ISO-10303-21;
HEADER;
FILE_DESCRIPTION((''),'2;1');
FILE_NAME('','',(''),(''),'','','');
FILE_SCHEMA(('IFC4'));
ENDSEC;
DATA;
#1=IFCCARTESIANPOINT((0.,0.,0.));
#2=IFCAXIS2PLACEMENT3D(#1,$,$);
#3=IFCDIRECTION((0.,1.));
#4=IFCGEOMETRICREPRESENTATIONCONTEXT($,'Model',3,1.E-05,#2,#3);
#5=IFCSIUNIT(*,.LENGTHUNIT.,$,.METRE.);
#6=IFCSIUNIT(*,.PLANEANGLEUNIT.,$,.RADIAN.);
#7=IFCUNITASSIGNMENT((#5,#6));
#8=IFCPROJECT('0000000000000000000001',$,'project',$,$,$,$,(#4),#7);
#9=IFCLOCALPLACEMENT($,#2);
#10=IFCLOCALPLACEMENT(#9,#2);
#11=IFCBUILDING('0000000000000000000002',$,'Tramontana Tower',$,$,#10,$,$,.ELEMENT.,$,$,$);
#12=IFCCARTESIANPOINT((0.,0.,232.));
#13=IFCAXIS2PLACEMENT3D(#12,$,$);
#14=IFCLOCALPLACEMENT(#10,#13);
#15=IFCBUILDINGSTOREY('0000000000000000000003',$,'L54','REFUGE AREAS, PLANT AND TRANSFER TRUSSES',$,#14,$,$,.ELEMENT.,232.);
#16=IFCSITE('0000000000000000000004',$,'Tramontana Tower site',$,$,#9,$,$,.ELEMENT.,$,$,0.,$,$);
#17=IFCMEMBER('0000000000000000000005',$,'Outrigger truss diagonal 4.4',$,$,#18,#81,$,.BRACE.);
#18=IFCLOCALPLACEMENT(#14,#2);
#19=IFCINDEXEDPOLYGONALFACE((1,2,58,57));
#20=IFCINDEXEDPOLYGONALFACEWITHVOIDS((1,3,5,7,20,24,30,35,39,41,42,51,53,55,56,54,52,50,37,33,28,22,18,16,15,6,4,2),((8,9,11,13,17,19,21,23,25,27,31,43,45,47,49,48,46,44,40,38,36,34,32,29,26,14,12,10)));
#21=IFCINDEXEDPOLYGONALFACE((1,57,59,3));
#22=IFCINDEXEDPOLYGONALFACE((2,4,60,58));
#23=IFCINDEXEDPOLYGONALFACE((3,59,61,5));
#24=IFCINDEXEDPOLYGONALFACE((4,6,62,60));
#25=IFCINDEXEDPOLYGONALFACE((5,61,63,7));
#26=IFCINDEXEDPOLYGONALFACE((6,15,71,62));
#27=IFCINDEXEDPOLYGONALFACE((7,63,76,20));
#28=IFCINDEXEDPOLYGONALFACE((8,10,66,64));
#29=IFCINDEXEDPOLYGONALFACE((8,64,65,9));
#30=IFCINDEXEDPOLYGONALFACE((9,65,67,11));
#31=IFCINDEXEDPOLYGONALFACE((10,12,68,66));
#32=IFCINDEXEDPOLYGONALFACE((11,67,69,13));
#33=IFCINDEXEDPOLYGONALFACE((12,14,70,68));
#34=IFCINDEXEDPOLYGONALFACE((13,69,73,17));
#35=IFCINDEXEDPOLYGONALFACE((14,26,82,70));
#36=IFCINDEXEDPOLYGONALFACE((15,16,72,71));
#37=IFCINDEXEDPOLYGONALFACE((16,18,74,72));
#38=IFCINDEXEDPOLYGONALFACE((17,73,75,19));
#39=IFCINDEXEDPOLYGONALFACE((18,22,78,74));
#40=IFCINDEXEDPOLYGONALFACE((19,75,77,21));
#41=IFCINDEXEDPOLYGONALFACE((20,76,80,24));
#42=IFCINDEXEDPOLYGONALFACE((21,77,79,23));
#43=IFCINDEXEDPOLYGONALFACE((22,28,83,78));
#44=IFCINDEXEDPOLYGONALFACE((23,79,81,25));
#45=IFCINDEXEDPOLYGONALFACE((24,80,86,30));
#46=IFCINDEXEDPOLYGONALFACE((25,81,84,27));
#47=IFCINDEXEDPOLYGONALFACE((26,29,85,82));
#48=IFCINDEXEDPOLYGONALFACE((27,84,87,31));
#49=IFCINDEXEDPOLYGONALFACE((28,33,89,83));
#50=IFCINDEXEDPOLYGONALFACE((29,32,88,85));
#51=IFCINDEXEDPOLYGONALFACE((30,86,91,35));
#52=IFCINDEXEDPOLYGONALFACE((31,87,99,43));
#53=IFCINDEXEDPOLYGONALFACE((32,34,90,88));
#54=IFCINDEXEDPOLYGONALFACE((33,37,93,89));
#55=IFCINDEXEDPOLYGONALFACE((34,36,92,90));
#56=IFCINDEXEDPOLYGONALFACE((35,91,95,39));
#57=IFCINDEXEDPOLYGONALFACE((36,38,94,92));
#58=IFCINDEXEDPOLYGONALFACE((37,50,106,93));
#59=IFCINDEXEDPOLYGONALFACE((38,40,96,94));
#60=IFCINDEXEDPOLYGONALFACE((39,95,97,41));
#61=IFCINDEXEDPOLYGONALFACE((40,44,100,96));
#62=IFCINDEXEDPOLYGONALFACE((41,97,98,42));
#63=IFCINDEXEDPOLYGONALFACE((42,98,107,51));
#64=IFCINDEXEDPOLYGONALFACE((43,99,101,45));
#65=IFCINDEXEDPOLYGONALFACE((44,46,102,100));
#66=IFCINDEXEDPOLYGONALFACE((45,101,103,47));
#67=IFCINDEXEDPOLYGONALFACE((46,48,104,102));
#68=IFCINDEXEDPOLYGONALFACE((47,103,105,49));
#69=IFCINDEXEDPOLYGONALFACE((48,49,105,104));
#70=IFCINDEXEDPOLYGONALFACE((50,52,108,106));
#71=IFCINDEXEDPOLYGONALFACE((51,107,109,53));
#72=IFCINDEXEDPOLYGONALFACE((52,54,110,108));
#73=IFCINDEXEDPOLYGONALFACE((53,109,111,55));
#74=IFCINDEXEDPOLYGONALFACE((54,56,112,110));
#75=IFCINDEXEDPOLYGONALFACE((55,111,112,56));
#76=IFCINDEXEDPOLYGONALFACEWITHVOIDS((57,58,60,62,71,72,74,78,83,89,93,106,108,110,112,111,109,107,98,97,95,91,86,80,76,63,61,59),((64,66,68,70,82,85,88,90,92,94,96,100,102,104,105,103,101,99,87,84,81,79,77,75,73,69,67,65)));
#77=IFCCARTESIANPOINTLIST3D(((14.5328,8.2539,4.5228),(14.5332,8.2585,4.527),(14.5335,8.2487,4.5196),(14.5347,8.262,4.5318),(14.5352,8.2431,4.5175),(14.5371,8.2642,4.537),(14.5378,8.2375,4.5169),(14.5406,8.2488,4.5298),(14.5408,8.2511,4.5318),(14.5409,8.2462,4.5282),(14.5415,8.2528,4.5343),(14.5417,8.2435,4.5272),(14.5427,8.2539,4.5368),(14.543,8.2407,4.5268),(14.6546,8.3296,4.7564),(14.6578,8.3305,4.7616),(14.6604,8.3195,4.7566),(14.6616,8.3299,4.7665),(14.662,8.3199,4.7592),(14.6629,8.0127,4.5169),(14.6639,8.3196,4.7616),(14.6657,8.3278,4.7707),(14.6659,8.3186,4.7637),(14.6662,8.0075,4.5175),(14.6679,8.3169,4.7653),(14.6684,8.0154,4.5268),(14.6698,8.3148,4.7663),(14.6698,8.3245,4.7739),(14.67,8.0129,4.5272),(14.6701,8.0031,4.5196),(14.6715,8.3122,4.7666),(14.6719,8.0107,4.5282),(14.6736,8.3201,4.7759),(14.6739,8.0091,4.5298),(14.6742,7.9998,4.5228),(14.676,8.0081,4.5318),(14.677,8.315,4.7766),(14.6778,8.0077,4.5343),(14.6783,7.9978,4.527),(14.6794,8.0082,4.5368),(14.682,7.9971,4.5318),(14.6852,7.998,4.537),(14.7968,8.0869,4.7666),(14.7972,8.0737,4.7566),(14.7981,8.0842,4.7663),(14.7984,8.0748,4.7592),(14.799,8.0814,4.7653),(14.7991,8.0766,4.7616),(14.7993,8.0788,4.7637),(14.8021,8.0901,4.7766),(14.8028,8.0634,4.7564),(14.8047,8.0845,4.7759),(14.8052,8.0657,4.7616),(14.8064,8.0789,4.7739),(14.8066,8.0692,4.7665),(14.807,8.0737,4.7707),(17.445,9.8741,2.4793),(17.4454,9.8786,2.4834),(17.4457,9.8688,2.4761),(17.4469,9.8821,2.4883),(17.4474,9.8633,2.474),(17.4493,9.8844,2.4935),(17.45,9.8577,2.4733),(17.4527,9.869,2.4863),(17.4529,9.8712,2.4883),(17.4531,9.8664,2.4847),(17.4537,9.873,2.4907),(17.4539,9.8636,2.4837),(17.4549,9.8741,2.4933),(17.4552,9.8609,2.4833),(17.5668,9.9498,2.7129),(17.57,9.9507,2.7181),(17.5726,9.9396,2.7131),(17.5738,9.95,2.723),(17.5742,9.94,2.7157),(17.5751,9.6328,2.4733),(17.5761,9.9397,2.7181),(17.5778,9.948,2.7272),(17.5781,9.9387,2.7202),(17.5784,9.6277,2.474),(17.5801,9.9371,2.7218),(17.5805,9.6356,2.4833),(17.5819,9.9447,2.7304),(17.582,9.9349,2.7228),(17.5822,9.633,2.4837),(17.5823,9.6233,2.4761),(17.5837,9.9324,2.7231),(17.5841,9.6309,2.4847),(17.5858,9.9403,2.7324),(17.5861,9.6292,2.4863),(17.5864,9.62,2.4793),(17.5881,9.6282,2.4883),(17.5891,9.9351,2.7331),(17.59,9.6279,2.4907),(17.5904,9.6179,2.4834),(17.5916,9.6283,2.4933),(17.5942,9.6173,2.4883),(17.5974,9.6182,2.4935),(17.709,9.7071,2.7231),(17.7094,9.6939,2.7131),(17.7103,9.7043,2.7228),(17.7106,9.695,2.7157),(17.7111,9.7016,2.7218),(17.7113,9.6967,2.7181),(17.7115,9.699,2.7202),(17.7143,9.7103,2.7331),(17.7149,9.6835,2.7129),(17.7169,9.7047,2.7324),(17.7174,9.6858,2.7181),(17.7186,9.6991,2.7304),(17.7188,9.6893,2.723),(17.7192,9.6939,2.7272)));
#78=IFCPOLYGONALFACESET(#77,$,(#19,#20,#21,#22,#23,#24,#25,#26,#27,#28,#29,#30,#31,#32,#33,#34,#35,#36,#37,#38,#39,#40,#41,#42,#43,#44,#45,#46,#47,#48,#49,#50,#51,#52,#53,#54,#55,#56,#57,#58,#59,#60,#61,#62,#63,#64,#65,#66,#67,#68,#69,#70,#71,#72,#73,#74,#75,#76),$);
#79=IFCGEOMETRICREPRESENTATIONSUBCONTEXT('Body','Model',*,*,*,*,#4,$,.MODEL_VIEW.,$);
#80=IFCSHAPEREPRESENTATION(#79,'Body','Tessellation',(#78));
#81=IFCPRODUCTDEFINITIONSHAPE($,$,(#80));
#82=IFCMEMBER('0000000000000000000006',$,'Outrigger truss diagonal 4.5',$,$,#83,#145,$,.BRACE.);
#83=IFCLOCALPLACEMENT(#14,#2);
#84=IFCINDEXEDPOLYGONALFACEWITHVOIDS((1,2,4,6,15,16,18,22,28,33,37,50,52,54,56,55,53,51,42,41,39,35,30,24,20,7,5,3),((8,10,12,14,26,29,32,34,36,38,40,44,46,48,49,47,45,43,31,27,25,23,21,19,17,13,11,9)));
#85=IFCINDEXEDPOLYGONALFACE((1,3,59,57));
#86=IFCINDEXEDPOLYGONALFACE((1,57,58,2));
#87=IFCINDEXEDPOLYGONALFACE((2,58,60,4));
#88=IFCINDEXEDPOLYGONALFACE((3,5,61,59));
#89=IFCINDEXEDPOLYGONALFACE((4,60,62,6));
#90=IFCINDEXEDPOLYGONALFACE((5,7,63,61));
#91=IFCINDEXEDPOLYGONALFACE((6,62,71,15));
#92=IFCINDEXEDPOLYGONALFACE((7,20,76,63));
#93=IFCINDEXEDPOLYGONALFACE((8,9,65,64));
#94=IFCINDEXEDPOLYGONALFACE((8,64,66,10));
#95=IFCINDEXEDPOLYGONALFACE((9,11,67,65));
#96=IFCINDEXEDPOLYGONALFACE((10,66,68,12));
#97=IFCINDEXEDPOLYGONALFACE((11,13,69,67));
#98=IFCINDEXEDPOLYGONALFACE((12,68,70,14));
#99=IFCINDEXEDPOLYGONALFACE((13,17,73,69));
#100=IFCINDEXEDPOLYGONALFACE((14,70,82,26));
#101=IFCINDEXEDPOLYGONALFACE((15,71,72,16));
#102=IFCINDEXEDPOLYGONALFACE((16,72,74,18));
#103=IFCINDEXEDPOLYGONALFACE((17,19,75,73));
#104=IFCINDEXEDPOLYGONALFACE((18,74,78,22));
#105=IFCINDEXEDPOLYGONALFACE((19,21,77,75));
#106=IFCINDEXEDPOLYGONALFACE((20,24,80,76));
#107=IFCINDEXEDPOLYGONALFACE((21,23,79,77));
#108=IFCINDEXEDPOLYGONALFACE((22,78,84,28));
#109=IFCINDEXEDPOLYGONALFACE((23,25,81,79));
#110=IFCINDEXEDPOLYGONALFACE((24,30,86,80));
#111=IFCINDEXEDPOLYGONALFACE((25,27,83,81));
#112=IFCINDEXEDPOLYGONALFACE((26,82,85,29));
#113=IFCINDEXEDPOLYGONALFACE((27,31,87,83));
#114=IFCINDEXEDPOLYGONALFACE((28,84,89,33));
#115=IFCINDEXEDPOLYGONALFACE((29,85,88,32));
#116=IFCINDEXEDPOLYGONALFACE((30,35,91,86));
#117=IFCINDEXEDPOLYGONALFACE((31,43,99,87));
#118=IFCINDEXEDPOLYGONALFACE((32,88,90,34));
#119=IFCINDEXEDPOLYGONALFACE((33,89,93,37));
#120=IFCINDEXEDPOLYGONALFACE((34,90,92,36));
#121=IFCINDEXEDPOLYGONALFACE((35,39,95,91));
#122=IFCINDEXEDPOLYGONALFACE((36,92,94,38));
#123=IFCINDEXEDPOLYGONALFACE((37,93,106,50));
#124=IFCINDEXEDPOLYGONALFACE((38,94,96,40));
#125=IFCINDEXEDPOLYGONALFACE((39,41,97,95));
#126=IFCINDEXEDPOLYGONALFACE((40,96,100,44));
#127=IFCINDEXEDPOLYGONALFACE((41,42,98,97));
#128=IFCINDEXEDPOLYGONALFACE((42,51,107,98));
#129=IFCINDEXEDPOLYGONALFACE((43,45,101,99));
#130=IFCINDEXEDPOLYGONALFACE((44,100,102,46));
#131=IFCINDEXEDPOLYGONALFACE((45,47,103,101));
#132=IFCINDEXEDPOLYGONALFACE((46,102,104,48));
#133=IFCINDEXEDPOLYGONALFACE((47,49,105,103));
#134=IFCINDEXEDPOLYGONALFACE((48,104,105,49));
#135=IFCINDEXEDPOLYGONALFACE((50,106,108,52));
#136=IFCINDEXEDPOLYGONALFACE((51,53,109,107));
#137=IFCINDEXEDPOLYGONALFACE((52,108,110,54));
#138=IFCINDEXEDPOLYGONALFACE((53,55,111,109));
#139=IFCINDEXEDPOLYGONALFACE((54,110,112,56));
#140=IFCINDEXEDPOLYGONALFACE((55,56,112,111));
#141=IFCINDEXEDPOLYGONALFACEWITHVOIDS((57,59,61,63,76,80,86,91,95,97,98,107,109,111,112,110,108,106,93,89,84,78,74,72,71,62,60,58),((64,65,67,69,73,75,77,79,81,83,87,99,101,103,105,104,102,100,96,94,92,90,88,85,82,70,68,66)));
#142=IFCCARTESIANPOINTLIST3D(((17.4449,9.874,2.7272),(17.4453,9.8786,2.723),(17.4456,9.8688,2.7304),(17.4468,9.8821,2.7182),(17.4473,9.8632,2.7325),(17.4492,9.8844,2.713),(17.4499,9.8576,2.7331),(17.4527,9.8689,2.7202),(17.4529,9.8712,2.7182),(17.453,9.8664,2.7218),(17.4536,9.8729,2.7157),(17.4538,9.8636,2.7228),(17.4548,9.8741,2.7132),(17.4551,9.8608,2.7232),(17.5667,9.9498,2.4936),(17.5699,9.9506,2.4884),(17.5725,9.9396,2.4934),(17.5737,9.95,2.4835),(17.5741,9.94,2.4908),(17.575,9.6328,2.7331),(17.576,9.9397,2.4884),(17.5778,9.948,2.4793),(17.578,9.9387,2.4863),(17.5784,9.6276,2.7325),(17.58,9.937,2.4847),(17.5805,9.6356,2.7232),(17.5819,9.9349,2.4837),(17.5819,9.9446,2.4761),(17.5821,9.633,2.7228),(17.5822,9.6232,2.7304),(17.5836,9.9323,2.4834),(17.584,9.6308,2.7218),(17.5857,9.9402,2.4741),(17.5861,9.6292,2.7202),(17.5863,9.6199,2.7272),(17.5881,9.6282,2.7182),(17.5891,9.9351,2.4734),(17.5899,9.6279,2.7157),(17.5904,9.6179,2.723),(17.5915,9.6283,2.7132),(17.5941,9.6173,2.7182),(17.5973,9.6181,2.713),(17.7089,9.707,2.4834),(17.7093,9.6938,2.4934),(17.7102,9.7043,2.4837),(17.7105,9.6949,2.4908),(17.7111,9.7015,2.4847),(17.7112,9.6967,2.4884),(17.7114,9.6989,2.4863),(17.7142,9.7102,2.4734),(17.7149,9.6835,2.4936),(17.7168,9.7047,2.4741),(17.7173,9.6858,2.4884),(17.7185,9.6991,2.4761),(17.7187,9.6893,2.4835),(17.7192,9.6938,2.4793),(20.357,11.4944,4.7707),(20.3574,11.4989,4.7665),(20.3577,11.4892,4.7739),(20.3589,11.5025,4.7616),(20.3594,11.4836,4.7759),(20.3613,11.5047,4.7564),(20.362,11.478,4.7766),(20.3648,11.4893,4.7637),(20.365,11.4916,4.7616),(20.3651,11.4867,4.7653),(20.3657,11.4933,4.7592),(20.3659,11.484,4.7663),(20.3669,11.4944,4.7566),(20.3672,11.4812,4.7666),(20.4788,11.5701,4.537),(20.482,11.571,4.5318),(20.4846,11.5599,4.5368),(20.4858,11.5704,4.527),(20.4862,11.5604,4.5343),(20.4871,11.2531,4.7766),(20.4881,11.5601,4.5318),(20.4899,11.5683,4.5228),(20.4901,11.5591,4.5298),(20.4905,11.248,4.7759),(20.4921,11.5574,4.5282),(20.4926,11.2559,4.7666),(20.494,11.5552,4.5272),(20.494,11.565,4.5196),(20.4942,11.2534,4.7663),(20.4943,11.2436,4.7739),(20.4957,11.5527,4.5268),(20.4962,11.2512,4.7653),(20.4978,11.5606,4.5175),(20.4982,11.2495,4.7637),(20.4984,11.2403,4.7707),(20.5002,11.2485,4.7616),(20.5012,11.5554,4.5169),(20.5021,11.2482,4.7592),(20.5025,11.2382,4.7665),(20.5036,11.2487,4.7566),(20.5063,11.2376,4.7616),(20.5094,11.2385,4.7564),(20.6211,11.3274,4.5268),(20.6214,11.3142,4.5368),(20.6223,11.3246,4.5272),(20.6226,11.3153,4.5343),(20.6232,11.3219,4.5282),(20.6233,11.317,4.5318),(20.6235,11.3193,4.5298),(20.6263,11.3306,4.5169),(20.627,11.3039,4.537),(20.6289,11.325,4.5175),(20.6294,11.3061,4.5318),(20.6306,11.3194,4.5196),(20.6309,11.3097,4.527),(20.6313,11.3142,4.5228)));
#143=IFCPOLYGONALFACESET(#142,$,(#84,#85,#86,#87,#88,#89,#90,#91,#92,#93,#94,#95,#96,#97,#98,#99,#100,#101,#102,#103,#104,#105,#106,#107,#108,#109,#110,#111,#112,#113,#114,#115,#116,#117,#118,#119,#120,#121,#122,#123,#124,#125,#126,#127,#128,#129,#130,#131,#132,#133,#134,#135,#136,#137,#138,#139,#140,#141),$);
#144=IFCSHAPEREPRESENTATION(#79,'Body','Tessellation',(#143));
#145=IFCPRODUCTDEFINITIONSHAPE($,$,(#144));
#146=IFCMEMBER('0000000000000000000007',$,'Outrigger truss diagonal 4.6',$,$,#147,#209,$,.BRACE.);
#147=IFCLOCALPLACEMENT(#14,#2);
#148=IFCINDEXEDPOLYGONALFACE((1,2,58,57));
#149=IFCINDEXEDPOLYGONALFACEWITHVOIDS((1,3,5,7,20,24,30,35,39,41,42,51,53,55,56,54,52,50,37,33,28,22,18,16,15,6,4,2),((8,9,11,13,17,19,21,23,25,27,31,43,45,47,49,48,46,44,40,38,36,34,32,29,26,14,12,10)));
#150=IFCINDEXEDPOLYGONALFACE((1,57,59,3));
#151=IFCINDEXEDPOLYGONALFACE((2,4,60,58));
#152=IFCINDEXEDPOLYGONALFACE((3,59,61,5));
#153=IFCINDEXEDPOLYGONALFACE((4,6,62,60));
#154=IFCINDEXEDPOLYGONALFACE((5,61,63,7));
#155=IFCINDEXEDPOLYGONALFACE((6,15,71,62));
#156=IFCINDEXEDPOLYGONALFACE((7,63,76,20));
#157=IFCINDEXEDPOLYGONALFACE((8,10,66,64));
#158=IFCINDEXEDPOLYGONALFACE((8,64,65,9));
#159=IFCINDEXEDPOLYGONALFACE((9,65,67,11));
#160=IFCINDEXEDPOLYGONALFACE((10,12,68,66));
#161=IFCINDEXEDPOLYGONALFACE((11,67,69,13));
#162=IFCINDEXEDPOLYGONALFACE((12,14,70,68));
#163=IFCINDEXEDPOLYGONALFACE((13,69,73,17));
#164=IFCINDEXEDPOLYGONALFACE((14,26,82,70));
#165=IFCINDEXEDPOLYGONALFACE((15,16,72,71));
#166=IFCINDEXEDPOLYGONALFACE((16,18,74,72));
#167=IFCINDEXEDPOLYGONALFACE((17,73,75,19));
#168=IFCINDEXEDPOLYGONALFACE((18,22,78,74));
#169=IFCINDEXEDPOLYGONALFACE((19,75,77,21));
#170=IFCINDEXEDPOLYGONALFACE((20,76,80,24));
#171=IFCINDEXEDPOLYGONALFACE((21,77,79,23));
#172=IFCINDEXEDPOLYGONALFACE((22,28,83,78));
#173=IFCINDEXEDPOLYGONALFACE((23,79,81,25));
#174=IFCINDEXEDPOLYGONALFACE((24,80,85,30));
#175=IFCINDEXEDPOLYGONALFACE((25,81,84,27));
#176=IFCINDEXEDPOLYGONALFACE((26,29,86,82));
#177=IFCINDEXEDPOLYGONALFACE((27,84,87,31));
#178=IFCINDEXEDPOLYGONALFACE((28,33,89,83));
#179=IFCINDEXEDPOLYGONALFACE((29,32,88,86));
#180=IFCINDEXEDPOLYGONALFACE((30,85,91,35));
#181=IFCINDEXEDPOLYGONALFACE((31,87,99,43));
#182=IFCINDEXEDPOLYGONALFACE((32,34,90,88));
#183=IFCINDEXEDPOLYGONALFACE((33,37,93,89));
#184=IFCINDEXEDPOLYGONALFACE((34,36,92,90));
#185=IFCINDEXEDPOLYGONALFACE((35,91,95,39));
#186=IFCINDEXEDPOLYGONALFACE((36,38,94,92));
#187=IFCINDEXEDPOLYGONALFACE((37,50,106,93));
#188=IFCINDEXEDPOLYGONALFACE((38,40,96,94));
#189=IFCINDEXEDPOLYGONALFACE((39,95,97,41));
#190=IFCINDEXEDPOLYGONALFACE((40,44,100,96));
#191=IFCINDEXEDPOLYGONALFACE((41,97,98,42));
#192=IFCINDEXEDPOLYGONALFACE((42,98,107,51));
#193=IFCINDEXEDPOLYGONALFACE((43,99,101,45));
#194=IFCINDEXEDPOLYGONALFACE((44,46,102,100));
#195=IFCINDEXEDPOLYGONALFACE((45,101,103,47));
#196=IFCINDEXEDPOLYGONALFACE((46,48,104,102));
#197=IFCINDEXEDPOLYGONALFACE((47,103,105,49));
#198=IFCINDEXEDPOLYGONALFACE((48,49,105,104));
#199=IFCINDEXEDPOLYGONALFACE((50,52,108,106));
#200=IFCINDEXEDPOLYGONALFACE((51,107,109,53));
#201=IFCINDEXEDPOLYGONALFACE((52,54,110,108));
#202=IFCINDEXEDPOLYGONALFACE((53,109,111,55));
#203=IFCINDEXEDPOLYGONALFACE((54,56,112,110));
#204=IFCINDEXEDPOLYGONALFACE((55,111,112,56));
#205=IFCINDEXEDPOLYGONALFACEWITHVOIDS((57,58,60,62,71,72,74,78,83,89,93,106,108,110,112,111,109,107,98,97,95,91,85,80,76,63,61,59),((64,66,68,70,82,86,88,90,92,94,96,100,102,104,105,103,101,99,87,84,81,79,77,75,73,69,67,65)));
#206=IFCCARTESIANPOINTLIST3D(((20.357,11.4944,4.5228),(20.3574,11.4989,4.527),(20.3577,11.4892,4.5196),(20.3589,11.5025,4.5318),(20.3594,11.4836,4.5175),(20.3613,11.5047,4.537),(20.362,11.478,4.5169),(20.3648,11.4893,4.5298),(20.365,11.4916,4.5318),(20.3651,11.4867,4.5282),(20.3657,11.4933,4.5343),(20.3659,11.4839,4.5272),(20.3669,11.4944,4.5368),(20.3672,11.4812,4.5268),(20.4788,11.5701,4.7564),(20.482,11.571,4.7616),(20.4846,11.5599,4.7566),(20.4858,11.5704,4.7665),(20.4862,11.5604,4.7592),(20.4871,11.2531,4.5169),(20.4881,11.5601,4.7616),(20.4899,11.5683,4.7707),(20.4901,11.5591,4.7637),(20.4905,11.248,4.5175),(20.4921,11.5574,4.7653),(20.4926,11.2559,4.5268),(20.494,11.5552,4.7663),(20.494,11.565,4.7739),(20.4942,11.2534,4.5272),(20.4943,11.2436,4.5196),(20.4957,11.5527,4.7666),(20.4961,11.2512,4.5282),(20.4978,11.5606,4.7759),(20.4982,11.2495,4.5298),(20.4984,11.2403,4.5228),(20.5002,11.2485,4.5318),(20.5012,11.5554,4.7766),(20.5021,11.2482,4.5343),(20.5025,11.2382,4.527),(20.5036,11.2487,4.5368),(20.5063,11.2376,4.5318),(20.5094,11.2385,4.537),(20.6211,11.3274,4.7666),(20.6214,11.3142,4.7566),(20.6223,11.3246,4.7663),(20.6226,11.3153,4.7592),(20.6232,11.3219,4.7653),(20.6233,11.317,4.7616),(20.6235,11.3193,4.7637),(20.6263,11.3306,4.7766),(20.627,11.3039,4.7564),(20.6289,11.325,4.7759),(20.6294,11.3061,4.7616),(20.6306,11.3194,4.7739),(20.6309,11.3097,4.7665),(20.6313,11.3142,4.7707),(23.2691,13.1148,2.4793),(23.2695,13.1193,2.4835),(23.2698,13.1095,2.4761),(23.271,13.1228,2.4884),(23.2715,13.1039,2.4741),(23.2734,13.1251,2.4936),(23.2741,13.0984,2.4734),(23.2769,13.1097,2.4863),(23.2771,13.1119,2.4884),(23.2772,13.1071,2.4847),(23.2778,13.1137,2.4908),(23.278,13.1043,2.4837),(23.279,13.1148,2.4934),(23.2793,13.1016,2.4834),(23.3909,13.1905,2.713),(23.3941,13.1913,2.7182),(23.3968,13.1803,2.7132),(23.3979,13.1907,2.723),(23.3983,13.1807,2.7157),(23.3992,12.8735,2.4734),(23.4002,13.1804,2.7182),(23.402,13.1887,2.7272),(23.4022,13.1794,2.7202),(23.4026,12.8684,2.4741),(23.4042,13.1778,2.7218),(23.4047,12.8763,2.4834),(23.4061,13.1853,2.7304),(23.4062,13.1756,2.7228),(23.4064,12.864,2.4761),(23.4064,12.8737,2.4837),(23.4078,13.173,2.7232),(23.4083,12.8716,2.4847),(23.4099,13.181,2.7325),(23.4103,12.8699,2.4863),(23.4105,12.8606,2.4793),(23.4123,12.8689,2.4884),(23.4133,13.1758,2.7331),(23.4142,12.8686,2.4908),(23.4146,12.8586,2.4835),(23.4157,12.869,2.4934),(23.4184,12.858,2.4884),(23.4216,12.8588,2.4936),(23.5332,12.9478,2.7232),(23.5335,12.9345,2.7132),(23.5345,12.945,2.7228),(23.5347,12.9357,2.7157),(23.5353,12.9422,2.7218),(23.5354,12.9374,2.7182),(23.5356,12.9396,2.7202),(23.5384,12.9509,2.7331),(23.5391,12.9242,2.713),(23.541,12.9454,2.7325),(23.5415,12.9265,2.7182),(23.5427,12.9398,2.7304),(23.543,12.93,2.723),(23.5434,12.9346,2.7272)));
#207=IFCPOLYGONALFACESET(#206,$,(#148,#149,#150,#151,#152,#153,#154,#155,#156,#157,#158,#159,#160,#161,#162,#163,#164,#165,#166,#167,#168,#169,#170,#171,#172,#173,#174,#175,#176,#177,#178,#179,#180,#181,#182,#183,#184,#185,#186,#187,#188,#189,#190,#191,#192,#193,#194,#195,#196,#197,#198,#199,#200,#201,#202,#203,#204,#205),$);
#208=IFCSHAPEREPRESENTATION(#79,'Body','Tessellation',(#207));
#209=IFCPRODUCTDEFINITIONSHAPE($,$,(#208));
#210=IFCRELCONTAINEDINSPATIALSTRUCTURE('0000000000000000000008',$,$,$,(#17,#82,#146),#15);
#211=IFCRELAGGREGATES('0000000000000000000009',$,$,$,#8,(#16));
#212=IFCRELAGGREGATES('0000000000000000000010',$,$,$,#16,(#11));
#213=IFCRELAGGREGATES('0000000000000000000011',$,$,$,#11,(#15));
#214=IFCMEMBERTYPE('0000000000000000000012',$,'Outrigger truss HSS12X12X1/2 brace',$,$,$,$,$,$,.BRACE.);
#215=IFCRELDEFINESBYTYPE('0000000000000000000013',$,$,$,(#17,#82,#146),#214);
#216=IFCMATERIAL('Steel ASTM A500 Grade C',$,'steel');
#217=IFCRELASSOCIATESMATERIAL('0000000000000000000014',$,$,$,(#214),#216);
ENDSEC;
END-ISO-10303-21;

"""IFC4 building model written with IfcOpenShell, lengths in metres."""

from ifc_helpers import new_model, si_unit, direction, frame, origin, origin_2d, place, context, subcontext, project, spatial, hollow_rectangle, extrude, material, material_profile, profile_set, type_object, element, save


model = new_model("IFC4")

# Units and contexts
model_context = context("Model", 3, precision=1e-05, world=origin(), true_north=direction((0.0, 1.0)))
body_context = subcontext(model_context, "Body", "Model", "MODEL_VIEW")
ifc_project = project(units=[si_unit("LENGTHUNIT", "METRE"), si_unit("PLANEANGLEUNIT", "RADIAN")], contexts=[model_context])

# Site, building, storey
site_placement = place(None, origin())
site = spatial("IfcSite", under=ifc_project, at=site_placement, Name="Tramontana Tower site", CompositionType="ELEMENT", RefElevation=0.0)
building_placement = place(site_placement, origin())
building = spatial("IfcBuilding", under=site, at=building_placement, Name="Tramontana Tower", CompositionType="ELEMENT")
storey_placement = place(building_placement, frame((0.0, 0.0, 232.0)))
storey = spatial("IfcBuildingStorey", under=building, at=storey_placement, Name="L54", Description="REFUGE AREAS, PLANT AND TRANSFER TRUSSES", CompositionType="ELEMENT", Elevation=232.0)

# Members
ifc_material_1 = material(Name="Steel ASTM A500 Grade C", Category="steel")
ifc_material_profile_1 = material_profile(ifc_material_1, hollow_rectangle(XDim=0.3047, YDim=0.3047, WallThickness=0.0117, InnerFilletRadius=0.0117, OuterFilletRadius=0.0237, at=origin_2d()), Name="HSS12X12X1/2")
ifc_profile_set_1 = profile_set([ifc_material_profile_1], Name="Steel ASTM A500 Grade C")
member_type_1 = type_object("IfcMemberType", Name="Outrigger truss HSS12X12X1/2 brace", PredefinedType="BRACE", material=ifc_profile_set_1)
for number, where, z_axis, x_axis, name in (
    (1, (14.6699, 8.1638, 4.6467), (0.744961, 0.41445, -0.522747), (-0.486165, 0.873867, 0.0), "Outrigger truss diagonal 4.4"),
    (2, (17.582, 9.7839, 2.6033), (0.744942, 0.414502, 0.522733), (-0.486221, 0.873836, 0.0), "Outrigger truss diagonal 4.5"),
    (3, (20.4941, 11.4043, 4.6467), (0.744942, 0.414502, -0.522733), (-0.486221, 0.873836, 0.0), "Outrigger truss diagonal 4.6"),
):
    element("IfcMember", number, at=place(storey_placement, frame(where, z_axis=z_axis, x_axis=x_axis)), inside=storey, type_object=member_type_1, Name=name, PredefinedType="BRACE", context=body_context, shape_type="SweptSolid", body=[
        extrude(hollow_rectangle(XDim=0.3047, YDim=0.3047, WallThickness=0.0117, InnerFilletRadius=0.0117, OuterFilletRadius=0.0237, at=origin_2d()), origin(), (0.0, 0.0, 1.0), 3.9092),
    ])

save(model, "model.ifc")
